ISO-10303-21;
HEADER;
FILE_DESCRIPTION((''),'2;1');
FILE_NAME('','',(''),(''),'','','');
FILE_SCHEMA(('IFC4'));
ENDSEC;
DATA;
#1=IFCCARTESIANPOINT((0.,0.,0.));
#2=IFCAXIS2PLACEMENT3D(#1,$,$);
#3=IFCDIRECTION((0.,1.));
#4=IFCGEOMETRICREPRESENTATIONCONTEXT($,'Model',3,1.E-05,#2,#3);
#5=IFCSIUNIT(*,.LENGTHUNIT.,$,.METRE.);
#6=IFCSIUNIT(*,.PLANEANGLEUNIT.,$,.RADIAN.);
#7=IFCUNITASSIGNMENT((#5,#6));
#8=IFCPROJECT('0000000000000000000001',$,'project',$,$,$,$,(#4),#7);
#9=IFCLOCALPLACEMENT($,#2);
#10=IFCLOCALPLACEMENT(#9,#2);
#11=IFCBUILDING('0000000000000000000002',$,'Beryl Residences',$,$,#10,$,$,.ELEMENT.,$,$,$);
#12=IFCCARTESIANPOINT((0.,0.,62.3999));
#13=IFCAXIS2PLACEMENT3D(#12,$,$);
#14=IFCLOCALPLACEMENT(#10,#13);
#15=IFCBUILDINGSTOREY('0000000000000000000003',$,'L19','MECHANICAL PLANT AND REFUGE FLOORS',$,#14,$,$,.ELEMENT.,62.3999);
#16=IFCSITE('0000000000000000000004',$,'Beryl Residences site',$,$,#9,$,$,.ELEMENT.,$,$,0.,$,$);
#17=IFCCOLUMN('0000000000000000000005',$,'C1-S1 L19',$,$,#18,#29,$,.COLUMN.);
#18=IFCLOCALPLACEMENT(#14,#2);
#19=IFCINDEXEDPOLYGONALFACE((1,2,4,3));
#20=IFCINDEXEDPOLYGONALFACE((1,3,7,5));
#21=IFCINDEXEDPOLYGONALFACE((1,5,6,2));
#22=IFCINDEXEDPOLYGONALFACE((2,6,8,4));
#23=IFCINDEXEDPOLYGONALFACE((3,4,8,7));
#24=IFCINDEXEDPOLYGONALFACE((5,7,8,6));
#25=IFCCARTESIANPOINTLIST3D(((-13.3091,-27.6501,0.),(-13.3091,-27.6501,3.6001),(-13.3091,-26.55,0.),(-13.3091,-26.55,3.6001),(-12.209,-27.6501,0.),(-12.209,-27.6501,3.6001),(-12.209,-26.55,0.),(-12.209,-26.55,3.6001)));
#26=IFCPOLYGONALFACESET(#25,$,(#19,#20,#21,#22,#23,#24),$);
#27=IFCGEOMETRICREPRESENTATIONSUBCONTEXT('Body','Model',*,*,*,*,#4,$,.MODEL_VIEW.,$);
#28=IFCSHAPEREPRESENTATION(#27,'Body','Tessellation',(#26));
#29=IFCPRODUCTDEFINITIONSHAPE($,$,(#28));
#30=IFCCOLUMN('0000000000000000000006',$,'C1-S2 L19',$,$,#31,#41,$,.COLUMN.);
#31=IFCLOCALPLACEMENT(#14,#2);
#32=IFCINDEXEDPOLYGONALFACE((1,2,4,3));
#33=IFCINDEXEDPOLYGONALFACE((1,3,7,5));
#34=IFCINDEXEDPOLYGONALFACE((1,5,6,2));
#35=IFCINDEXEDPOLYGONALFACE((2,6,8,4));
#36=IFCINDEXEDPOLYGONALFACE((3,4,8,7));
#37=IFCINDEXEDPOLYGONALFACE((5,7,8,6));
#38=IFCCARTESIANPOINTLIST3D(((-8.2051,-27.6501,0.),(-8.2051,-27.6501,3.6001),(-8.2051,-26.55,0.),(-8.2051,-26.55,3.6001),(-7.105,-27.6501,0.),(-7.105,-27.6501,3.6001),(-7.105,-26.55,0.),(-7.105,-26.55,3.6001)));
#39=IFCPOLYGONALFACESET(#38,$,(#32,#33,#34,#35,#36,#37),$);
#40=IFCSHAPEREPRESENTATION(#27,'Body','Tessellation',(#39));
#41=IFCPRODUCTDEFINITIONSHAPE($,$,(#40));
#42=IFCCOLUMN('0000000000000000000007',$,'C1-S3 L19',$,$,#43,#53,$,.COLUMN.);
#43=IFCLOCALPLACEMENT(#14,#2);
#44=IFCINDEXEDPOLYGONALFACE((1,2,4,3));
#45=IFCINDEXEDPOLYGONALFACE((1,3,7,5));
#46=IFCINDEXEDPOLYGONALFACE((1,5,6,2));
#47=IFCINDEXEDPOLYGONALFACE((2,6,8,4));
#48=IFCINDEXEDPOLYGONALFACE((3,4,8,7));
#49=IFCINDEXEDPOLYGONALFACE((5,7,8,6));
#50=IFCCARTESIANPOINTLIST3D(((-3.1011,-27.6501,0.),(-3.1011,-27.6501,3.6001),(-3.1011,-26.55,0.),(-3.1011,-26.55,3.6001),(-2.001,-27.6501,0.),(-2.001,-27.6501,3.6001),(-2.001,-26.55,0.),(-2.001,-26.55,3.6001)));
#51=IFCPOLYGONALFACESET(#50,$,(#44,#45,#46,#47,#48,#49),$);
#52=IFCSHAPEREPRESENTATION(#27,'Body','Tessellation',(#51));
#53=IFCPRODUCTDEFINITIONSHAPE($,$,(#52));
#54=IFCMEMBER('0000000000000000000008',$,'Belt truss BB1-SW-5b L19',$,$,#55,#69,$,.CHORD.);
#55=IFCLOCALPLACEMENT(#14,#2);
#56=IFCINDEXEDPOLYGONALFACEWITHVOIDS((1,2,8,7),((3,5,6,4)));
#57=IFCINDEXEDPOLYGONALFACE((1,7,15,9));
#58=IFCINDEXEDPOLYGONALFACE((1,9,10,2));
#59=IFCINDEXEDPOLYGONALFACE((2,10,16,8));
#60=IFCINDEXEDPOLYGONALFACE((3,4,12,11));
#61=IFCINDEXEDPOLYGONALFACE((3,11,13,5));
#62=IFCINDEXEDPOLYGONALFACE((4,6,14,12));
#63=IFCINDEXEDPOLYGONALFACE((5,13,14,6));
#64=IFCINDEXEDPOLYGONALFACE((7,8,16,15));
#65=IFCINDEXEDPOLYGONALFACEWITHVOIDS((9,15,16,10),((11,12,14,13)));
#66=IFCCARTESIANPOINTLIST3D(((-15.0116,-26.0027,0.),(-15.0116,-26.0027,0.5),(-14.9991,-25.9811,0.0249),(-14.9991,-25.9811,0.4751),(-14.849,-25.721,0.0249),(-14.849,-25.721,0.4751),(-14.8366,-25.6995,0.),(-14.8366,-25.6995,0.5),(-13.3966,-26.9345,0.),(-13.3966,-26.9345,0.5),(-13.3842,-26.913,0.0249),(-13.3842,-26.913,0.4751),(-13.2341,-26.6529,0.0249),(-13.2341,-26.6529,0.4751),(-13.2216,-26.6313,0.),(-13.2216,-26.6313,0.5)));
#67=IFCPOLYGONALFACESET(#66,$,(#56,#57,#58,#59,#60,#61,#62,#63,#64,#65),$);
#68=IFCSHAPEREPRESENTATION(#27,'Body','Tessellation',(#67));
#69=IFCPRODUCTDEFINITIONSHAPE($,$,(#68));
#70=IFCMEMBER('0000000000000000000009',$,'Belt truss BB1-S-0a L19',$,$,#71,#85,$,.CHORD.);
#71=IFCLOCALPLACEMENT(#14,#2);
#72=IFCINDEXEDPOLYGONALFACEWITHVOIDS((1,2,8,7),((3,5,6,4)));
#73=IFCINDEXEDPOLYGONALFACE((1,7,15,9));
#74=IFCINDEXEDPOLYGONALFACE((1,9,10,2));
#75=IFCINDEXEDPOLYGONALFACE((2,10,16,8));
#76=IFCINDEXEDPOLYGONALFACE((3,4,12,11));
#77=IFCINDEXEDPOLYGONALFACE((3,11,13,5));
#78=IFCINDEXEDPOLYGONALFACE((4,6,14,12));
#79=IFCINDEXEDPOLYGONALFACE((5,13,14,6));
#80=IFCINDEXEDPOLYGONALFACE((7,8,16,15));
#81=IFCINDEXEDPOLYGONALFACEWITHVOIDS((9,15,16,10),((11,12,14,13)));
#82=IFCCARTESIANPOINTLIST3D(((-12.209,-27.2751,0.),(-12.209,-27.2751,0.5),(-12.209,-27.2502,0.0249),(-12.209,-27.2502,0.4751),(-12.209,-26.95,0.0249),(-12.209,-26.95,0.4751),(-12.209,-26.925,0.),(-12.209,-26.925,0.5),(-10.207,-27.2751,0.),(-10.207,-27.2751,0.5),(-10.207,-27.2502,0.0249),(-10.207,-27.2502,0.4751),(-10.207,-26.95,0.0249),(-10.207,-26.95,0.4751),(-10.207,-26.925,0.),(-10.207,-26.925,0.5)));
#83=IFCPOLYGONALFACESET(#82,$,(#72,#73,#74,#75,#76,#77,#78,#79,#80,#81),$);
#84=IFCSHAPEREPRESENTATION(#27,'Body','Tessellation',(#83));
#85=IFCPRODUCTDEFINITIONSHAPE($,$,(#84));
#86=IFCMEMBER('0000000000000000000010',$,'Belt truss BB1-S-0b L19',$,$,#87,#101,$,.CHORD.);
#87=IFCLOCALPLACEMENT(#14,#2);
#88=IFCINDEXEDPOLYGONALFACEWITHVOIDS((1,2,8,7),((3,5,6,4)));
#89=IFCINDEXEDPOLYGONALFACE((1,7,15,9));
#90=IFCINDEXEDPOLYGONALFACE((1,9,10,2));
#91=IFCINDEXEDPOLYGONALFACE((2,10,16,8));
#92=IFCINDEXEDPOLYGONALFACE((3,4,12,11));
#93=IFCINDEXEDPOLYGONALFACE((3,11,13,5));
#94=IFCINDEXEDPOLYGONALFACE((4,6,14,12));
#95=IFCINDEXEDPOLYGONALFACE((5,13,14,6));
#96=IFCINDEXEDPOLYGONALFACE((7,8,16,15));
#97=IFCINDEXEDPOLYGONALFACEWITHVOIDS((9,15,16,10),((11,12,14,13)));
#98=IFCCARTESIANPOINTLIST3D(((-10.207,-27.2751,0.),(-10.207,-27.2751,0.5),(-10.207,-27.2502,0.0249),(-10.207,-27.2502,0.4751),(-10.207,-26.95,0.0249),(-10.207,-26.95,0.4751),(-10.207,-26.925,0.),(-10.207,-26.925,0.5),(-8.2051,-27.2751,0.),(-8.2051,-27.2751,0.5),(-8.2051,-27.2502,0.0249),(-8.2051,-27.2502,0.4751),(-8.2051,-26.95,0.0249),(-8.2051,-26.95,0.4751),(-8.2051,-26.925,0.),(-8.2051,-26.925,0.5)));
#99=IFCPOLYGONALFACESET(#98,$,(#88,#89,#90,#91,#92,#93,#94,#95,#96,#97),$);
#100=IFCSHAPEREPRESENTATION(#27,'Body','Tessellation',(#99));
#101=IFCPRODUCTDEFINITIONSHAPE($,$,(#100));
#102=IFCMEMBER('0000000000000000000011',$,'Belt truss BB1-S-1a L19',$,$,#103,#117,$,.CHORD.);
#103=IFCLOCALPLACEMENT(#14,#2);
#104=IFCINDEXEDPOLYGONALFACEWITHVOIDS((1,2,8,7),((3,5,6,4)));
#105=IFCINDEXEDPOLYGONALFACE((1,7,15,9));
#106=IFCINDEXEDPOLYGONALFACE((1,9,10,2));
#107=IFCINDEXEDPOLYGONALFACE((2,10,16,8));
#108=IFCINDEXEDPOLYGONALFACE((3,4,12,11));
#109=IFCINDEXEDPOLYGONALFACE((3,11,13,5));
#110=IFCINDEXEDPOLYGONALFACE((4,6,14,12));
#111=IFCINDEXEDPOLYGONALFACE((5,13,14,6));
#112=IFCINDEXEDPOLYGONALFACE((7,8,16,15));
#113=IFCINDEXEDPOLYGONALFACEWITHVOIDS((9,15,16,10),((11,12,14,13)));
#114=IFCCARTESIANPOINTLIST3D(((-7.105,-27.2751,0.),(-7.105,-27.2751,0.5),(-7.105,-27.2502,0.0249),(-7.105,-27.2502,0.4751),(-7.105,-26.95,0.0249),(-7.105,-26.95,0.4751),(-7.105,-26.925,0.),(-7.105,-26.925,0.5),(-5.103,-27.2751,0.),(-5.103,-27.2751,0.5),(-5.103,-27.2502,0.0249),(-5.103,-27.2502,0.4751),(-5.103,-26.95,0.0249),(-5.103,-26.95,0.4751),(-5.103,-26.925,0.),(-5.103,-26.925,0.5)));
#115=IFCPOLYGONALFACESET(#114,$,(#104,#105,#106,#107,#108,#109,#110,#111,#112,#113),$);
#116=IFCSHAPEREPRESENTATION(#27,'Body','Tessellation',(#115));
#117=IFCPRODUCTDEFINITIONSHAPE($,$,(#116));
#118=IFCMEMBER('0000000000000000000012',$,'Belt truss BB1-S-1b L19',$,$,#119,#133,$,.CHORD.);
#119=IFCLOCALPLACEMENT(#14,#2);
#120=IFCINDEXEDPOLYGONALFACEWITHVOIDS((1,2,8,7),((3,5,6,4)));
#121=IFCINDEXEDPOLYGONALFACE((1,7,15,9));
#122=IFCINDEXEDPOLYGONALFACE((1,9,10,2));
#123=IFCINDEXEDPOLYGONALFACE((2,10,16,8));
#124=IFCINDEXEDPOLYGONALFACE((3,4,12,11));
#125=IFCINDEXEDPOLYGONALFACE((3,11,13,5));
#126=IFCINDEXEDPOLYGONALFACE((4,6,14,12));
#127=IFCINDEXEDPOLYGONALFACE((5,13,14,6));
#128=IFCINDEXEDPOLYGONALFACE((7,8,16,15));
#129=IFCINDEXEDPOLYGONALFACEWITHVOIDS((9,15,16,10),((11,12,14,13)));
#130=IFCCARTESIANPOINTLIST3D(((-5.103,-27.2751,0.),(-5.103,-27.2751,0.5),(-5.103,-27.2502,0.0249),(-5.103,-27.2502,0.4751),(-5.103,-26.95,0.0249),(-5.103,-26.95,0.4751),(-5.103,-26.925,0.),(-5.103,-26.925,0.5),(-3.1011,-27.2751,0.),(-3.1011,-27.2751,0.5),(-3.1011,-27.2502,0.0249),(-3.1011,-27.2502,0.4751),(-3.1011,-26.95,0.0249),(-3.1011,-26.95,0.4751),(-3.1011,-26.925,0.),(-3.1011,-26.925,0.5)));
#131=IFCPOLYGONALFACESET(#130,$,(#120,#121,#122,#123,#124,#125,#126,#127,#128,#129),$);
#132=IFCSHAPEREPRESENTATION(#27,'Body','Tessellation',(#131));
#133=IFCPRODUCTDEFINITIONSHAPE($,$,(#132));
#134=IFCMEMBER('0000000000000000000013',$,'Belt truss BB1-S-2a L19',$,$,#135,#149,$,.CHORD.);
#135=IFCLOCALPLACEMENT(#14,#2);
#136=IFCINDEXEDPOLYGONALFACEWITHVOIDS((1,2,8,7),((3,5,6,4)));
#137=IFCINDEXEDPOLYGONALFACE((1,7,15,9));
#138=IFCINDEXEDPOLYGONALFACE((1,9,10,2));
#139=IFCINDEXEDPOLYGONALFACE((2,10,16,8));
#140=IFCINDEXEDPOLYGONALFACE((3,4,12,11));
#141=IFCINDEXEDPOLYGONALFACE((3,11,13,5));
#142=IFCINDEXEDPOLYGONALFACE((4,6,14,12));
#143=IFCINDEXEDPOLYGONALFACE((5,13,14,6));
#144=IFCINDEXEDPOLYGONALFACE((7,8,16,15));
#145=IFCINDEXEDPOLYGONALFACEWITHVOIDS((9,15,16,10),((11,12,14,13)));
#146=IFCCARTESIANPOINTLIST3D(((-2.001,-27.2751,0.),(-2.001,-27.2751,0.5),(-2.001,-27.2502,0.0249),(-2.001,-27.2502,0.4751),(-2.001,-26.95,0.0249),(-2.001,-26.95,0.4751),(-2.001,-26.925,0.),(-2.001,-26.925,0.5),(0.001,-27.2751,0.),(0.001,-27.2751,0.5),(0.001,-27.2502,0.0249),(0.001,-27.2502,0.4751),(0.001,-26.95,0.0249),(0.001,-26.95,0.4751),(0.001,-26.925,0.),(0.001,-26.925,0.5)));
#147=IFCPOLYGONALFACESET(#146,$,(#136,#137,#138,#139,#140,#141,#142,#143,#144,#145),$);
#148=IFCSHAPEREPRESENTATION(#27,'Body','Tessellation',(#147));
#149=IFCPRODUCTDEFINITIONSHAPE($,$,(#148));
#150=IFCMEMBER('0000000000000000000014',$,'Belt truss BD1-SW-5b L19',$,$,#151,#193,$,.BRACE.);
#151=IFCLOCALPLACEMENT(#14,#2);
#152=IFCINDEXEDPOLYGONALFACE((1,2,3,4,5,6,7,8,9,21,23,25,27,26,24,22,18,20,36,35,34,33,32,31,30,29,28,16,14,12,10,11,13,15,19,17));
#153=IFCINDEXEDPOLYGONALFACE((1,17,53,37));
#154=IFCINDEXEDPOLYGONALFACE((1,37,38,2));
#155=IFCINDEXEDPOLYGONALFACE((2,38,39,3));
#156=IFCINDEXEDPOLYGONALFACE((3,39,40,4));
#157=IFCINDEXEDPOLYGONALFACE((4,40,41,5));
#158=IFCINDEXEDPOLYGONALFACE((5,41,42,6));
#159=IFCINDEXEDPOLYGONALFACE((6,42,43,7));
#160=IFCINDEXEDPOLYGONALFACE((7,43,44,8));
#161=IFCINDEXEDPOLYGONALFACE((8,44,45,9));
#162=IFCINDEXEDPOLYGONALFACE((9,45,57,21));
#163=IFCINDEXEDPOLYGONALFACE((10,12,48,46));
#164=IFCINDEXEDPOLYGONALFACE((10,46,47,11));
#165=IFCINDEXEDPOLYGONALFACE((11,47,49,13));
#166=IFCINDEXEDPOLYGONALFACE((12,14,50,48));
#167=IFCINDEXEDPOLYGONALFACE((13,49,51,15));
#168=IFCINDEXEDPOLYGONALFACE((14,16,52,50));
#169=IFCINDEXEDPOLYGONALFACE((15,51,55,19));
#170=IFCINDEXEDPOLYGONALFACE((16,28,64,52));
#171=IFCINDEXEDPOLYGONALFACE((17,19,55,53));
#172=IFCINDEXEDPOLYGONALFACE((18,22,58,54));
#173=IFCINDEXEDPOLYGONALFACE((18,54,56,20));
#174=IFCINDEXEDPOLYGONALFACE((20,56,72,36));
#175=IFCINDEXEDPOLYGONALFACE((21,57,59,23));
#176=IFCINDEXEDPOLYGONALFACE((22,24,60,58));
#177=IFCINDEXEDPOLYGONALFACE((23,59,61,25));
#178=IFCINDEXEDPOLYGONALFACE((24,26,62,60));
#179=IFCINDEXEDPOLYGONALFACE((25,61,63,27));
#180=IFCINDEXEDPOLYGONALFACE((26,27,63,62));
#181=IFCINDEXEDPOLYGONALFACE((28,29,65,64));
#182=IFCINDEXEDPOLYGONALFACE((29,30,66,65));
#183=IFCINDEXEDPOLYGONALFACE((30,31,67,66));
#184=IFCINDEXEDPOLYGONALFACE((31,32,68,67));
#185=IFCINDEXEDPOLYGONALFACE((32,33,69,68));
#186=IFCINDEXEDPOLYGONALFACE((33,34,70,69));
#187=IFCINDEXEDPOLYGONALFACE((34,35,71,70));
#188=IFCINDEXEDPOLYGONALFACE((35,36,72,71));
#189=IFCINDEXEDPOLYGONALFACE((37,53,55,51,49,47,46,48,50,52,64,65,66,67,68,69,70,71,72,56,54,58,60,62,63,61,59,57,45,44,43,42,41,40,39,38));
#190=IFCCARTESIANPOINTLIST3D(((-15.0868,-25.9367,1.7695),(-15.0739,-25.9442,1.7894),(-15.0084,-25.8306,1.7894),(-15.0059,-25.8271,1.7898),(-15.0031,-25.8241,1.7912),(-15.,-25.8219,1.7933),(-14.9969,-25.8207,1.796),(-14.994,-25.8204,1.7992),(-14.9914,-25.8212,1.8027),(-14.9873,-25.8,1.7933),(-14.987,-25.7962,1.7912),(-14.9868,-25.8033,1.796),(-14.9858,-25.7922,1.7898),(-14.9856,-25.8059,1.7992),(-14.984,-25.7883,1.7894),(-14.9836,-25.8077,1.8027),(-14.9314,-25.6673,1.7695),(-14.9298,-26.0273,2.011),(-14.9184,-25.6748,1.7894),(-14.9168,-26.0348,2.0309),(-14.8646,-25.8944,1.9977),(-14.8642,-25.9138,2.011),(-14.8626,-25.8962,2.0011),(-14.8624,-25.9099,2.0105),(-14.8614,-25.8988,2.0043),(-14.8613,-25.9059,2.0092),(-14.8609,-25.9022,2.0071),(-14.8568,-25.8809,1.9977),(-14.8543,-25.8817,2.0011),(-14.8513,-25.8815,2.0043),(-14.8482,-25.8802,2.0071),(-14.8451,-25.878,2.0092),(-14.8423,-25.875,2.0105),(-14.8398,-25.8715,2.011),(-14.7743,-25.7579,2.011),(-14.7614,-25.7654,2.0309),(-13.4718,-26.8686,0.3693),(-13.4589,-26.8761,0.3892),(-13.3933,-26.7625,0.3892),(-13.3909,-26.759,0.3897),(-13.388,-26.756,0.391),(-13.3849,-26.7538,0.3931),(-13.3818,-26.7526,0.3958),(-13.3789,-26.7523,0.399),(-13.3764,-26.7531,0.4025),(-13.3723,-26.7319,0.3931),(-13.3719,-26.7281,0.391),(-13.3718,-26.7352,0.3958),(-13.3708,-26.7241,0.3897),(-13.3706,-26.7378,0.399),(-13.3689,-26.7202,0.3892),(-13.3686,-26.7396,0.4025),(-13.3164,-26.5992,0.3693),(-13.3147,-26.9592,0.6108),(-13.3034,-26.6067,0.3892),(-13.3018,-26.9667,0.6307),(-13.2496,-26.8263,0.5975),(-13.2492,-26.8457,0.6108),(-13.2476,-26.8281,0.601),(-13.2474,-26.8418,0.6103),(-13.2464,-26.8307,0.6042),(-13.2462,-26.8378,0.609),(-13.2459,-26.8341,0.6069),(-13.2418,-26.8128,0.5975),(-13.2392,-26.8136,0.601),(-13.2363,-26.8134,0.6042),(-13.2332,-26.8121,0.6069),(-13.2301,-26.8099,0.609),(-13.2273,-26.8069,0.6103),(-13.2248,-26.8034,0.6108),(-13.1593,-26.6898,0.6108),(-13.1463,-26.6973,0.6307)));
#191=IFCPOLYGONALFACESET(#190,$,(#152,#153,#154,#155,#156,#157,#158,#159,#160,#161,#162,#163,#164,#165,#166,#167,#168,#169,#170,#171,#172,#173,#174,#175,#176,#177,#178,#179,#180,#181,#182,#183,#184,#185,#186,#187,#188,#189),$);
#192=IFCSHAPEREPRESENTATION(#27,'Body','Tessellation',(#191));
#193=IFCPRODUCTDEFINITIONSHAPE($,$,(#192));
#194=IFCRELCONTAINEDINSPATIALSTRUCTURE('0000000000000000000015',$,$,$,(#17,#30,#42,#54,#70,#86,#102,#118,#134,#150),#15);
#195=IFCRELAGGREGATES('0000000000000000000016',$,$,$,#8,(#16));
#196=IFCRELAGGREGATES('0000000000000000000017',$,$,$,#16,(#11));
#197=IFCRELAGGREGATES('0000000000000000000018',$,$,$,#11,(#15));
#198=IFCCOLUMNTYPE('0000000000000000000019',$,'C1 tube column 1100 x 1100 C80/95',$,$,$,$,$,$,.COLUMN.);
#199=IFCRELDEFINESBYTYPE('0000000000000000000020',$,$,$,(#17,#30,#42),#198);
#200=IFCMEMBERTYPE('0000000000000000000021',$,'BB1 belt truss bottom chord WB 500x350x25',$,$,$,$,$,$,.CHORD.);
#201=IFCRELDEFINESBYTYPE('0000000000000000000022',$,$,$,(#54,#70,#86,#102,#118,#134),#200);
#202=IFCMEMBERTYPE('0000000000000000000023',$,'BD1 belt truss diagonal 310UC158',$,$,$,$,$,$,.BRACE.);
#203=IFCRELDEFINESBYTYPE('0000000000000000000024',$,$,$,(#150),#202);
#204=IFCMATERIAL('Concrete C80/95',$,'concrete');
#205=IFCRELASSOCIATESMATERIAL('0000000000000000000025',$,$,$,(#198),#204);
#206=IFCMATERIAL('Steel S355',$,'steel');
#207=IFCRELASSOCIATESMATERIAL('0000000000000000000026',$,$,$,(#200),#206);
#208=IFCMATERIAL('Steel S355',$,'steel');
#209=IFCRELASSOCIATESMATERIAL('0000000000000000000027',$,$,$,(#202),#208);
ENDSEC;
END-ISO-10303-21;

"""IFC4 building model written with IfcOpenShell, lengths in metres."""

from ifc_helpers import new_model, si_unit, direction, frame, origin, origin_2d, place, context, subcontext, project, spatial, rectangle, hollow_rectangle, i_section, extrude, material, material_profile, profile_set, type_object, element, save


model = new_model("IFC4")

# Units and contexts
model_context = context("Model", 3, precision=1e-05, world=origin(), true_north=direction((0.0, 1.0)))
body_context = subcontext(model_context, "Body", "Model", "MODEL_VIEW")
ifc_project = project(units=[si_unit("LENGTHUNIT", "METRE"), si_unit("PLANEANGLEUNIT", "RADIAN")], contexts=[model_context])

# Site, building, storey
site_placement = place(None, origin())
site = spatial("IfcSite", under=ifc_project, at=site_placement, Name="Beryl Residences site", CompositionType="ELEMENT", RefElevation=0.0)
building_placement = place(site_placement, origin())
building = spatial("IfcBuilding", under=site, at=building_placement, Name="Beryl Residences", CompositionType="ELEMENT")
storey_placement = place(building_placement, frame((0.0, 0.0, 62.3999)))
storey = spatial("IfcBuildingStorey", under=building, at=storey_placement, Name="L19", Description="MECHANICAL PLANT AND REFUGE FLOORS", CompositionType="ELEMENT", Elevation=62.3999)

# Columns
ifc_material_1 = material(Name="Concrete C80/95", Category="concrete")
ifc_material_profile_1 = material_profile(ifc_material_1, rectangle(XDim=1.1001, YDim=1.1001, at=origin_2d()))
ifc_profile_set_1 = profile_set([ifc_material_profile_1], Name="Concrete C80/95")
column_type = type_object("IfcColumnType", Name="C1 tube column 1100 x 1100 C80/95", PredefinedType="COLUMN", material=ifc_profile_set_1)
for number, where, z_axis, x_axis, name in (
    (1, (-12.759, -27.1001, 0.0), (0.0, 0.0, 1.0), (1.0, 0.0, 0.0), "C1-S1 L19"),
    (2, (-7.655, -27.1001, 0.0), (0.0, 0.0, 1.0), (1.0, 0.0, 0.0), "C1-S2 L19"),
    (3, (-2.551, -27.1001, 0.0), (0.0, 0.0, 1.0), (1.0, 0.0, 0.0), "C1-S3 L19"),
):
    element("IfcColumn", number, at=place(storey_placement, frame(where, z_axis=z_axis, x_axis=x_axis)), inside=storey, type_object=column_type, Name=name, PredefinedType="COLUMN", context=body_context, shape_type="SweptSolid", body=[
        extrude(rectangle(XDim=1.1001, YDim=1.1001, at=origin_2d()), origin(), (0.0, 0.0, 1.0), 3.6001),
    ])

# Members
ifc_material_2 = material(Name="Steel S355", Category="steel")
ifc_material_profile_2 = material_profile(ifc_material_2, hollow_rectangle(XDim=0.3501, YDim=0.5, WallThickness=0.0249, at=origin_2d()))
ifc_profile_set_2 = profile_set([ifc_material_profile_2], Name="Steel S355")
member_type_1 = type_object("IfcMemberType", Name="BB1 belt truss bottom chord WB 500x350x25", PredefinedType="CHORD", material=ifc_profile_set_2)
member_1_placement = place(storey_placement, frame((-14.9241, -25.8511, 0.25), z_axis=(0.866149, -0.499787, 0.0), x_axis=(0.499787, 0.866149, 0.0)))
element("IfcMember", 4, at=member_1_placement, inside=storey, type_object=member_type_1, Name="Belt truss BB1-SW-5b L19", PredefinedType="CHORD", context=body_context, shape_type="SweptSolid", body=[
    extrude(hollow_rectangle(XDim=0.3501, YDim=0.5, WallThickness=0.0249, at=origin_2d()), origin(), (0.0, 0.0, 1.0), 1.8645),
])
for number, where, z_axis, x_axis, name in (
    (5, (-12.209, -27.1001, 0.25), (1.0, 0.0, 0.0), (0.0, 1.0, 0.0), "Belt truss BB1-S-0a L19"),
    (6, (-10.207, -27.1001, 0.25), (1.0, 0.0, 0.0), (0.0, 1.0, 0.0), "Belt truss BB1-S-0b L19"),
    (7, (-7.105, -27.1001, 0.25), (1.0, 0.0, 0.0), (0.0, 1.0, 0.0), "Belt truss BB1-S-1a L19"),
    (8, (-5.103, -27.1001, 0.25), (1.0, 0.0, 0.0), (0.0, 1.0, 0.0), "Belt truss BB1-S-1b L19"),
    (9, (-2.001, -27.1001, 0.25), (1.0, 0.0, 0.0), (0.0, 1.0, 0.0), "Belt truss BB1-S-2a L19"),
):
    element("IfcMember", number, at=place(storey_placement, frame(where, z_axis=z_axis, x_axis=x_axis)), inside=storey, type_object=member_type_1, Name=name, PredefinedType="CHORD", context=body_context, shape_type="SweptSolid", body=[
        extrude(hollow_rectangle(XDim=0.3501, YDim=0.5, WallThickness=0.0249, at=origin_2d()), origin(), (0.0, 0.0, 1.0), 2.002),
    ])
ifc_material_3 = material(Name="Steel S355", Category="steel")
ifc_material_profile_3 = material_profile(ifc_material_3, i_section(OverallWidth=0.311, OverallDepth=0.3269, WebThickness=0.0156, FlangeThickness=0.0249, FilletRadius=0.0166, at=origin_2d()))
ifc_profile_set_3 = profile_set([ifc_material_profile_3], Name="Steel S355")
member_type_2 = type_object("IfcMemberType", Name="BD1 belt truss diagonal 310UC158", PredefinedType="BRACE", material=ifc_profile_set_3)
member_2_placement = place(storey_placement, frame((-13.3091, -26.783, 0.5), z_axis=(-0.692612, 0.399652, 0.600473), x_axis=(-0.499787, -0.866149, 0.0)))
element("IfcMember", 10, at=member_2_placement, inside=storey, type_object=member_type_2, Name="Belt truss BD1-SW-5b L19", PredefinedType="BRACE", context=body_context, shape_type="SweptSolid", body=[
    extrude(i_section(OverallWidth=0.311, OverallDepth=0.3269, WebThickness=0.0156, FlangeThickness=0.0249, FilletRadius=0.0166, at=origin_2d()), origin(), (0.0, 0.0, 1.0), 2.3318),
])

save(model, "model.ifc")
